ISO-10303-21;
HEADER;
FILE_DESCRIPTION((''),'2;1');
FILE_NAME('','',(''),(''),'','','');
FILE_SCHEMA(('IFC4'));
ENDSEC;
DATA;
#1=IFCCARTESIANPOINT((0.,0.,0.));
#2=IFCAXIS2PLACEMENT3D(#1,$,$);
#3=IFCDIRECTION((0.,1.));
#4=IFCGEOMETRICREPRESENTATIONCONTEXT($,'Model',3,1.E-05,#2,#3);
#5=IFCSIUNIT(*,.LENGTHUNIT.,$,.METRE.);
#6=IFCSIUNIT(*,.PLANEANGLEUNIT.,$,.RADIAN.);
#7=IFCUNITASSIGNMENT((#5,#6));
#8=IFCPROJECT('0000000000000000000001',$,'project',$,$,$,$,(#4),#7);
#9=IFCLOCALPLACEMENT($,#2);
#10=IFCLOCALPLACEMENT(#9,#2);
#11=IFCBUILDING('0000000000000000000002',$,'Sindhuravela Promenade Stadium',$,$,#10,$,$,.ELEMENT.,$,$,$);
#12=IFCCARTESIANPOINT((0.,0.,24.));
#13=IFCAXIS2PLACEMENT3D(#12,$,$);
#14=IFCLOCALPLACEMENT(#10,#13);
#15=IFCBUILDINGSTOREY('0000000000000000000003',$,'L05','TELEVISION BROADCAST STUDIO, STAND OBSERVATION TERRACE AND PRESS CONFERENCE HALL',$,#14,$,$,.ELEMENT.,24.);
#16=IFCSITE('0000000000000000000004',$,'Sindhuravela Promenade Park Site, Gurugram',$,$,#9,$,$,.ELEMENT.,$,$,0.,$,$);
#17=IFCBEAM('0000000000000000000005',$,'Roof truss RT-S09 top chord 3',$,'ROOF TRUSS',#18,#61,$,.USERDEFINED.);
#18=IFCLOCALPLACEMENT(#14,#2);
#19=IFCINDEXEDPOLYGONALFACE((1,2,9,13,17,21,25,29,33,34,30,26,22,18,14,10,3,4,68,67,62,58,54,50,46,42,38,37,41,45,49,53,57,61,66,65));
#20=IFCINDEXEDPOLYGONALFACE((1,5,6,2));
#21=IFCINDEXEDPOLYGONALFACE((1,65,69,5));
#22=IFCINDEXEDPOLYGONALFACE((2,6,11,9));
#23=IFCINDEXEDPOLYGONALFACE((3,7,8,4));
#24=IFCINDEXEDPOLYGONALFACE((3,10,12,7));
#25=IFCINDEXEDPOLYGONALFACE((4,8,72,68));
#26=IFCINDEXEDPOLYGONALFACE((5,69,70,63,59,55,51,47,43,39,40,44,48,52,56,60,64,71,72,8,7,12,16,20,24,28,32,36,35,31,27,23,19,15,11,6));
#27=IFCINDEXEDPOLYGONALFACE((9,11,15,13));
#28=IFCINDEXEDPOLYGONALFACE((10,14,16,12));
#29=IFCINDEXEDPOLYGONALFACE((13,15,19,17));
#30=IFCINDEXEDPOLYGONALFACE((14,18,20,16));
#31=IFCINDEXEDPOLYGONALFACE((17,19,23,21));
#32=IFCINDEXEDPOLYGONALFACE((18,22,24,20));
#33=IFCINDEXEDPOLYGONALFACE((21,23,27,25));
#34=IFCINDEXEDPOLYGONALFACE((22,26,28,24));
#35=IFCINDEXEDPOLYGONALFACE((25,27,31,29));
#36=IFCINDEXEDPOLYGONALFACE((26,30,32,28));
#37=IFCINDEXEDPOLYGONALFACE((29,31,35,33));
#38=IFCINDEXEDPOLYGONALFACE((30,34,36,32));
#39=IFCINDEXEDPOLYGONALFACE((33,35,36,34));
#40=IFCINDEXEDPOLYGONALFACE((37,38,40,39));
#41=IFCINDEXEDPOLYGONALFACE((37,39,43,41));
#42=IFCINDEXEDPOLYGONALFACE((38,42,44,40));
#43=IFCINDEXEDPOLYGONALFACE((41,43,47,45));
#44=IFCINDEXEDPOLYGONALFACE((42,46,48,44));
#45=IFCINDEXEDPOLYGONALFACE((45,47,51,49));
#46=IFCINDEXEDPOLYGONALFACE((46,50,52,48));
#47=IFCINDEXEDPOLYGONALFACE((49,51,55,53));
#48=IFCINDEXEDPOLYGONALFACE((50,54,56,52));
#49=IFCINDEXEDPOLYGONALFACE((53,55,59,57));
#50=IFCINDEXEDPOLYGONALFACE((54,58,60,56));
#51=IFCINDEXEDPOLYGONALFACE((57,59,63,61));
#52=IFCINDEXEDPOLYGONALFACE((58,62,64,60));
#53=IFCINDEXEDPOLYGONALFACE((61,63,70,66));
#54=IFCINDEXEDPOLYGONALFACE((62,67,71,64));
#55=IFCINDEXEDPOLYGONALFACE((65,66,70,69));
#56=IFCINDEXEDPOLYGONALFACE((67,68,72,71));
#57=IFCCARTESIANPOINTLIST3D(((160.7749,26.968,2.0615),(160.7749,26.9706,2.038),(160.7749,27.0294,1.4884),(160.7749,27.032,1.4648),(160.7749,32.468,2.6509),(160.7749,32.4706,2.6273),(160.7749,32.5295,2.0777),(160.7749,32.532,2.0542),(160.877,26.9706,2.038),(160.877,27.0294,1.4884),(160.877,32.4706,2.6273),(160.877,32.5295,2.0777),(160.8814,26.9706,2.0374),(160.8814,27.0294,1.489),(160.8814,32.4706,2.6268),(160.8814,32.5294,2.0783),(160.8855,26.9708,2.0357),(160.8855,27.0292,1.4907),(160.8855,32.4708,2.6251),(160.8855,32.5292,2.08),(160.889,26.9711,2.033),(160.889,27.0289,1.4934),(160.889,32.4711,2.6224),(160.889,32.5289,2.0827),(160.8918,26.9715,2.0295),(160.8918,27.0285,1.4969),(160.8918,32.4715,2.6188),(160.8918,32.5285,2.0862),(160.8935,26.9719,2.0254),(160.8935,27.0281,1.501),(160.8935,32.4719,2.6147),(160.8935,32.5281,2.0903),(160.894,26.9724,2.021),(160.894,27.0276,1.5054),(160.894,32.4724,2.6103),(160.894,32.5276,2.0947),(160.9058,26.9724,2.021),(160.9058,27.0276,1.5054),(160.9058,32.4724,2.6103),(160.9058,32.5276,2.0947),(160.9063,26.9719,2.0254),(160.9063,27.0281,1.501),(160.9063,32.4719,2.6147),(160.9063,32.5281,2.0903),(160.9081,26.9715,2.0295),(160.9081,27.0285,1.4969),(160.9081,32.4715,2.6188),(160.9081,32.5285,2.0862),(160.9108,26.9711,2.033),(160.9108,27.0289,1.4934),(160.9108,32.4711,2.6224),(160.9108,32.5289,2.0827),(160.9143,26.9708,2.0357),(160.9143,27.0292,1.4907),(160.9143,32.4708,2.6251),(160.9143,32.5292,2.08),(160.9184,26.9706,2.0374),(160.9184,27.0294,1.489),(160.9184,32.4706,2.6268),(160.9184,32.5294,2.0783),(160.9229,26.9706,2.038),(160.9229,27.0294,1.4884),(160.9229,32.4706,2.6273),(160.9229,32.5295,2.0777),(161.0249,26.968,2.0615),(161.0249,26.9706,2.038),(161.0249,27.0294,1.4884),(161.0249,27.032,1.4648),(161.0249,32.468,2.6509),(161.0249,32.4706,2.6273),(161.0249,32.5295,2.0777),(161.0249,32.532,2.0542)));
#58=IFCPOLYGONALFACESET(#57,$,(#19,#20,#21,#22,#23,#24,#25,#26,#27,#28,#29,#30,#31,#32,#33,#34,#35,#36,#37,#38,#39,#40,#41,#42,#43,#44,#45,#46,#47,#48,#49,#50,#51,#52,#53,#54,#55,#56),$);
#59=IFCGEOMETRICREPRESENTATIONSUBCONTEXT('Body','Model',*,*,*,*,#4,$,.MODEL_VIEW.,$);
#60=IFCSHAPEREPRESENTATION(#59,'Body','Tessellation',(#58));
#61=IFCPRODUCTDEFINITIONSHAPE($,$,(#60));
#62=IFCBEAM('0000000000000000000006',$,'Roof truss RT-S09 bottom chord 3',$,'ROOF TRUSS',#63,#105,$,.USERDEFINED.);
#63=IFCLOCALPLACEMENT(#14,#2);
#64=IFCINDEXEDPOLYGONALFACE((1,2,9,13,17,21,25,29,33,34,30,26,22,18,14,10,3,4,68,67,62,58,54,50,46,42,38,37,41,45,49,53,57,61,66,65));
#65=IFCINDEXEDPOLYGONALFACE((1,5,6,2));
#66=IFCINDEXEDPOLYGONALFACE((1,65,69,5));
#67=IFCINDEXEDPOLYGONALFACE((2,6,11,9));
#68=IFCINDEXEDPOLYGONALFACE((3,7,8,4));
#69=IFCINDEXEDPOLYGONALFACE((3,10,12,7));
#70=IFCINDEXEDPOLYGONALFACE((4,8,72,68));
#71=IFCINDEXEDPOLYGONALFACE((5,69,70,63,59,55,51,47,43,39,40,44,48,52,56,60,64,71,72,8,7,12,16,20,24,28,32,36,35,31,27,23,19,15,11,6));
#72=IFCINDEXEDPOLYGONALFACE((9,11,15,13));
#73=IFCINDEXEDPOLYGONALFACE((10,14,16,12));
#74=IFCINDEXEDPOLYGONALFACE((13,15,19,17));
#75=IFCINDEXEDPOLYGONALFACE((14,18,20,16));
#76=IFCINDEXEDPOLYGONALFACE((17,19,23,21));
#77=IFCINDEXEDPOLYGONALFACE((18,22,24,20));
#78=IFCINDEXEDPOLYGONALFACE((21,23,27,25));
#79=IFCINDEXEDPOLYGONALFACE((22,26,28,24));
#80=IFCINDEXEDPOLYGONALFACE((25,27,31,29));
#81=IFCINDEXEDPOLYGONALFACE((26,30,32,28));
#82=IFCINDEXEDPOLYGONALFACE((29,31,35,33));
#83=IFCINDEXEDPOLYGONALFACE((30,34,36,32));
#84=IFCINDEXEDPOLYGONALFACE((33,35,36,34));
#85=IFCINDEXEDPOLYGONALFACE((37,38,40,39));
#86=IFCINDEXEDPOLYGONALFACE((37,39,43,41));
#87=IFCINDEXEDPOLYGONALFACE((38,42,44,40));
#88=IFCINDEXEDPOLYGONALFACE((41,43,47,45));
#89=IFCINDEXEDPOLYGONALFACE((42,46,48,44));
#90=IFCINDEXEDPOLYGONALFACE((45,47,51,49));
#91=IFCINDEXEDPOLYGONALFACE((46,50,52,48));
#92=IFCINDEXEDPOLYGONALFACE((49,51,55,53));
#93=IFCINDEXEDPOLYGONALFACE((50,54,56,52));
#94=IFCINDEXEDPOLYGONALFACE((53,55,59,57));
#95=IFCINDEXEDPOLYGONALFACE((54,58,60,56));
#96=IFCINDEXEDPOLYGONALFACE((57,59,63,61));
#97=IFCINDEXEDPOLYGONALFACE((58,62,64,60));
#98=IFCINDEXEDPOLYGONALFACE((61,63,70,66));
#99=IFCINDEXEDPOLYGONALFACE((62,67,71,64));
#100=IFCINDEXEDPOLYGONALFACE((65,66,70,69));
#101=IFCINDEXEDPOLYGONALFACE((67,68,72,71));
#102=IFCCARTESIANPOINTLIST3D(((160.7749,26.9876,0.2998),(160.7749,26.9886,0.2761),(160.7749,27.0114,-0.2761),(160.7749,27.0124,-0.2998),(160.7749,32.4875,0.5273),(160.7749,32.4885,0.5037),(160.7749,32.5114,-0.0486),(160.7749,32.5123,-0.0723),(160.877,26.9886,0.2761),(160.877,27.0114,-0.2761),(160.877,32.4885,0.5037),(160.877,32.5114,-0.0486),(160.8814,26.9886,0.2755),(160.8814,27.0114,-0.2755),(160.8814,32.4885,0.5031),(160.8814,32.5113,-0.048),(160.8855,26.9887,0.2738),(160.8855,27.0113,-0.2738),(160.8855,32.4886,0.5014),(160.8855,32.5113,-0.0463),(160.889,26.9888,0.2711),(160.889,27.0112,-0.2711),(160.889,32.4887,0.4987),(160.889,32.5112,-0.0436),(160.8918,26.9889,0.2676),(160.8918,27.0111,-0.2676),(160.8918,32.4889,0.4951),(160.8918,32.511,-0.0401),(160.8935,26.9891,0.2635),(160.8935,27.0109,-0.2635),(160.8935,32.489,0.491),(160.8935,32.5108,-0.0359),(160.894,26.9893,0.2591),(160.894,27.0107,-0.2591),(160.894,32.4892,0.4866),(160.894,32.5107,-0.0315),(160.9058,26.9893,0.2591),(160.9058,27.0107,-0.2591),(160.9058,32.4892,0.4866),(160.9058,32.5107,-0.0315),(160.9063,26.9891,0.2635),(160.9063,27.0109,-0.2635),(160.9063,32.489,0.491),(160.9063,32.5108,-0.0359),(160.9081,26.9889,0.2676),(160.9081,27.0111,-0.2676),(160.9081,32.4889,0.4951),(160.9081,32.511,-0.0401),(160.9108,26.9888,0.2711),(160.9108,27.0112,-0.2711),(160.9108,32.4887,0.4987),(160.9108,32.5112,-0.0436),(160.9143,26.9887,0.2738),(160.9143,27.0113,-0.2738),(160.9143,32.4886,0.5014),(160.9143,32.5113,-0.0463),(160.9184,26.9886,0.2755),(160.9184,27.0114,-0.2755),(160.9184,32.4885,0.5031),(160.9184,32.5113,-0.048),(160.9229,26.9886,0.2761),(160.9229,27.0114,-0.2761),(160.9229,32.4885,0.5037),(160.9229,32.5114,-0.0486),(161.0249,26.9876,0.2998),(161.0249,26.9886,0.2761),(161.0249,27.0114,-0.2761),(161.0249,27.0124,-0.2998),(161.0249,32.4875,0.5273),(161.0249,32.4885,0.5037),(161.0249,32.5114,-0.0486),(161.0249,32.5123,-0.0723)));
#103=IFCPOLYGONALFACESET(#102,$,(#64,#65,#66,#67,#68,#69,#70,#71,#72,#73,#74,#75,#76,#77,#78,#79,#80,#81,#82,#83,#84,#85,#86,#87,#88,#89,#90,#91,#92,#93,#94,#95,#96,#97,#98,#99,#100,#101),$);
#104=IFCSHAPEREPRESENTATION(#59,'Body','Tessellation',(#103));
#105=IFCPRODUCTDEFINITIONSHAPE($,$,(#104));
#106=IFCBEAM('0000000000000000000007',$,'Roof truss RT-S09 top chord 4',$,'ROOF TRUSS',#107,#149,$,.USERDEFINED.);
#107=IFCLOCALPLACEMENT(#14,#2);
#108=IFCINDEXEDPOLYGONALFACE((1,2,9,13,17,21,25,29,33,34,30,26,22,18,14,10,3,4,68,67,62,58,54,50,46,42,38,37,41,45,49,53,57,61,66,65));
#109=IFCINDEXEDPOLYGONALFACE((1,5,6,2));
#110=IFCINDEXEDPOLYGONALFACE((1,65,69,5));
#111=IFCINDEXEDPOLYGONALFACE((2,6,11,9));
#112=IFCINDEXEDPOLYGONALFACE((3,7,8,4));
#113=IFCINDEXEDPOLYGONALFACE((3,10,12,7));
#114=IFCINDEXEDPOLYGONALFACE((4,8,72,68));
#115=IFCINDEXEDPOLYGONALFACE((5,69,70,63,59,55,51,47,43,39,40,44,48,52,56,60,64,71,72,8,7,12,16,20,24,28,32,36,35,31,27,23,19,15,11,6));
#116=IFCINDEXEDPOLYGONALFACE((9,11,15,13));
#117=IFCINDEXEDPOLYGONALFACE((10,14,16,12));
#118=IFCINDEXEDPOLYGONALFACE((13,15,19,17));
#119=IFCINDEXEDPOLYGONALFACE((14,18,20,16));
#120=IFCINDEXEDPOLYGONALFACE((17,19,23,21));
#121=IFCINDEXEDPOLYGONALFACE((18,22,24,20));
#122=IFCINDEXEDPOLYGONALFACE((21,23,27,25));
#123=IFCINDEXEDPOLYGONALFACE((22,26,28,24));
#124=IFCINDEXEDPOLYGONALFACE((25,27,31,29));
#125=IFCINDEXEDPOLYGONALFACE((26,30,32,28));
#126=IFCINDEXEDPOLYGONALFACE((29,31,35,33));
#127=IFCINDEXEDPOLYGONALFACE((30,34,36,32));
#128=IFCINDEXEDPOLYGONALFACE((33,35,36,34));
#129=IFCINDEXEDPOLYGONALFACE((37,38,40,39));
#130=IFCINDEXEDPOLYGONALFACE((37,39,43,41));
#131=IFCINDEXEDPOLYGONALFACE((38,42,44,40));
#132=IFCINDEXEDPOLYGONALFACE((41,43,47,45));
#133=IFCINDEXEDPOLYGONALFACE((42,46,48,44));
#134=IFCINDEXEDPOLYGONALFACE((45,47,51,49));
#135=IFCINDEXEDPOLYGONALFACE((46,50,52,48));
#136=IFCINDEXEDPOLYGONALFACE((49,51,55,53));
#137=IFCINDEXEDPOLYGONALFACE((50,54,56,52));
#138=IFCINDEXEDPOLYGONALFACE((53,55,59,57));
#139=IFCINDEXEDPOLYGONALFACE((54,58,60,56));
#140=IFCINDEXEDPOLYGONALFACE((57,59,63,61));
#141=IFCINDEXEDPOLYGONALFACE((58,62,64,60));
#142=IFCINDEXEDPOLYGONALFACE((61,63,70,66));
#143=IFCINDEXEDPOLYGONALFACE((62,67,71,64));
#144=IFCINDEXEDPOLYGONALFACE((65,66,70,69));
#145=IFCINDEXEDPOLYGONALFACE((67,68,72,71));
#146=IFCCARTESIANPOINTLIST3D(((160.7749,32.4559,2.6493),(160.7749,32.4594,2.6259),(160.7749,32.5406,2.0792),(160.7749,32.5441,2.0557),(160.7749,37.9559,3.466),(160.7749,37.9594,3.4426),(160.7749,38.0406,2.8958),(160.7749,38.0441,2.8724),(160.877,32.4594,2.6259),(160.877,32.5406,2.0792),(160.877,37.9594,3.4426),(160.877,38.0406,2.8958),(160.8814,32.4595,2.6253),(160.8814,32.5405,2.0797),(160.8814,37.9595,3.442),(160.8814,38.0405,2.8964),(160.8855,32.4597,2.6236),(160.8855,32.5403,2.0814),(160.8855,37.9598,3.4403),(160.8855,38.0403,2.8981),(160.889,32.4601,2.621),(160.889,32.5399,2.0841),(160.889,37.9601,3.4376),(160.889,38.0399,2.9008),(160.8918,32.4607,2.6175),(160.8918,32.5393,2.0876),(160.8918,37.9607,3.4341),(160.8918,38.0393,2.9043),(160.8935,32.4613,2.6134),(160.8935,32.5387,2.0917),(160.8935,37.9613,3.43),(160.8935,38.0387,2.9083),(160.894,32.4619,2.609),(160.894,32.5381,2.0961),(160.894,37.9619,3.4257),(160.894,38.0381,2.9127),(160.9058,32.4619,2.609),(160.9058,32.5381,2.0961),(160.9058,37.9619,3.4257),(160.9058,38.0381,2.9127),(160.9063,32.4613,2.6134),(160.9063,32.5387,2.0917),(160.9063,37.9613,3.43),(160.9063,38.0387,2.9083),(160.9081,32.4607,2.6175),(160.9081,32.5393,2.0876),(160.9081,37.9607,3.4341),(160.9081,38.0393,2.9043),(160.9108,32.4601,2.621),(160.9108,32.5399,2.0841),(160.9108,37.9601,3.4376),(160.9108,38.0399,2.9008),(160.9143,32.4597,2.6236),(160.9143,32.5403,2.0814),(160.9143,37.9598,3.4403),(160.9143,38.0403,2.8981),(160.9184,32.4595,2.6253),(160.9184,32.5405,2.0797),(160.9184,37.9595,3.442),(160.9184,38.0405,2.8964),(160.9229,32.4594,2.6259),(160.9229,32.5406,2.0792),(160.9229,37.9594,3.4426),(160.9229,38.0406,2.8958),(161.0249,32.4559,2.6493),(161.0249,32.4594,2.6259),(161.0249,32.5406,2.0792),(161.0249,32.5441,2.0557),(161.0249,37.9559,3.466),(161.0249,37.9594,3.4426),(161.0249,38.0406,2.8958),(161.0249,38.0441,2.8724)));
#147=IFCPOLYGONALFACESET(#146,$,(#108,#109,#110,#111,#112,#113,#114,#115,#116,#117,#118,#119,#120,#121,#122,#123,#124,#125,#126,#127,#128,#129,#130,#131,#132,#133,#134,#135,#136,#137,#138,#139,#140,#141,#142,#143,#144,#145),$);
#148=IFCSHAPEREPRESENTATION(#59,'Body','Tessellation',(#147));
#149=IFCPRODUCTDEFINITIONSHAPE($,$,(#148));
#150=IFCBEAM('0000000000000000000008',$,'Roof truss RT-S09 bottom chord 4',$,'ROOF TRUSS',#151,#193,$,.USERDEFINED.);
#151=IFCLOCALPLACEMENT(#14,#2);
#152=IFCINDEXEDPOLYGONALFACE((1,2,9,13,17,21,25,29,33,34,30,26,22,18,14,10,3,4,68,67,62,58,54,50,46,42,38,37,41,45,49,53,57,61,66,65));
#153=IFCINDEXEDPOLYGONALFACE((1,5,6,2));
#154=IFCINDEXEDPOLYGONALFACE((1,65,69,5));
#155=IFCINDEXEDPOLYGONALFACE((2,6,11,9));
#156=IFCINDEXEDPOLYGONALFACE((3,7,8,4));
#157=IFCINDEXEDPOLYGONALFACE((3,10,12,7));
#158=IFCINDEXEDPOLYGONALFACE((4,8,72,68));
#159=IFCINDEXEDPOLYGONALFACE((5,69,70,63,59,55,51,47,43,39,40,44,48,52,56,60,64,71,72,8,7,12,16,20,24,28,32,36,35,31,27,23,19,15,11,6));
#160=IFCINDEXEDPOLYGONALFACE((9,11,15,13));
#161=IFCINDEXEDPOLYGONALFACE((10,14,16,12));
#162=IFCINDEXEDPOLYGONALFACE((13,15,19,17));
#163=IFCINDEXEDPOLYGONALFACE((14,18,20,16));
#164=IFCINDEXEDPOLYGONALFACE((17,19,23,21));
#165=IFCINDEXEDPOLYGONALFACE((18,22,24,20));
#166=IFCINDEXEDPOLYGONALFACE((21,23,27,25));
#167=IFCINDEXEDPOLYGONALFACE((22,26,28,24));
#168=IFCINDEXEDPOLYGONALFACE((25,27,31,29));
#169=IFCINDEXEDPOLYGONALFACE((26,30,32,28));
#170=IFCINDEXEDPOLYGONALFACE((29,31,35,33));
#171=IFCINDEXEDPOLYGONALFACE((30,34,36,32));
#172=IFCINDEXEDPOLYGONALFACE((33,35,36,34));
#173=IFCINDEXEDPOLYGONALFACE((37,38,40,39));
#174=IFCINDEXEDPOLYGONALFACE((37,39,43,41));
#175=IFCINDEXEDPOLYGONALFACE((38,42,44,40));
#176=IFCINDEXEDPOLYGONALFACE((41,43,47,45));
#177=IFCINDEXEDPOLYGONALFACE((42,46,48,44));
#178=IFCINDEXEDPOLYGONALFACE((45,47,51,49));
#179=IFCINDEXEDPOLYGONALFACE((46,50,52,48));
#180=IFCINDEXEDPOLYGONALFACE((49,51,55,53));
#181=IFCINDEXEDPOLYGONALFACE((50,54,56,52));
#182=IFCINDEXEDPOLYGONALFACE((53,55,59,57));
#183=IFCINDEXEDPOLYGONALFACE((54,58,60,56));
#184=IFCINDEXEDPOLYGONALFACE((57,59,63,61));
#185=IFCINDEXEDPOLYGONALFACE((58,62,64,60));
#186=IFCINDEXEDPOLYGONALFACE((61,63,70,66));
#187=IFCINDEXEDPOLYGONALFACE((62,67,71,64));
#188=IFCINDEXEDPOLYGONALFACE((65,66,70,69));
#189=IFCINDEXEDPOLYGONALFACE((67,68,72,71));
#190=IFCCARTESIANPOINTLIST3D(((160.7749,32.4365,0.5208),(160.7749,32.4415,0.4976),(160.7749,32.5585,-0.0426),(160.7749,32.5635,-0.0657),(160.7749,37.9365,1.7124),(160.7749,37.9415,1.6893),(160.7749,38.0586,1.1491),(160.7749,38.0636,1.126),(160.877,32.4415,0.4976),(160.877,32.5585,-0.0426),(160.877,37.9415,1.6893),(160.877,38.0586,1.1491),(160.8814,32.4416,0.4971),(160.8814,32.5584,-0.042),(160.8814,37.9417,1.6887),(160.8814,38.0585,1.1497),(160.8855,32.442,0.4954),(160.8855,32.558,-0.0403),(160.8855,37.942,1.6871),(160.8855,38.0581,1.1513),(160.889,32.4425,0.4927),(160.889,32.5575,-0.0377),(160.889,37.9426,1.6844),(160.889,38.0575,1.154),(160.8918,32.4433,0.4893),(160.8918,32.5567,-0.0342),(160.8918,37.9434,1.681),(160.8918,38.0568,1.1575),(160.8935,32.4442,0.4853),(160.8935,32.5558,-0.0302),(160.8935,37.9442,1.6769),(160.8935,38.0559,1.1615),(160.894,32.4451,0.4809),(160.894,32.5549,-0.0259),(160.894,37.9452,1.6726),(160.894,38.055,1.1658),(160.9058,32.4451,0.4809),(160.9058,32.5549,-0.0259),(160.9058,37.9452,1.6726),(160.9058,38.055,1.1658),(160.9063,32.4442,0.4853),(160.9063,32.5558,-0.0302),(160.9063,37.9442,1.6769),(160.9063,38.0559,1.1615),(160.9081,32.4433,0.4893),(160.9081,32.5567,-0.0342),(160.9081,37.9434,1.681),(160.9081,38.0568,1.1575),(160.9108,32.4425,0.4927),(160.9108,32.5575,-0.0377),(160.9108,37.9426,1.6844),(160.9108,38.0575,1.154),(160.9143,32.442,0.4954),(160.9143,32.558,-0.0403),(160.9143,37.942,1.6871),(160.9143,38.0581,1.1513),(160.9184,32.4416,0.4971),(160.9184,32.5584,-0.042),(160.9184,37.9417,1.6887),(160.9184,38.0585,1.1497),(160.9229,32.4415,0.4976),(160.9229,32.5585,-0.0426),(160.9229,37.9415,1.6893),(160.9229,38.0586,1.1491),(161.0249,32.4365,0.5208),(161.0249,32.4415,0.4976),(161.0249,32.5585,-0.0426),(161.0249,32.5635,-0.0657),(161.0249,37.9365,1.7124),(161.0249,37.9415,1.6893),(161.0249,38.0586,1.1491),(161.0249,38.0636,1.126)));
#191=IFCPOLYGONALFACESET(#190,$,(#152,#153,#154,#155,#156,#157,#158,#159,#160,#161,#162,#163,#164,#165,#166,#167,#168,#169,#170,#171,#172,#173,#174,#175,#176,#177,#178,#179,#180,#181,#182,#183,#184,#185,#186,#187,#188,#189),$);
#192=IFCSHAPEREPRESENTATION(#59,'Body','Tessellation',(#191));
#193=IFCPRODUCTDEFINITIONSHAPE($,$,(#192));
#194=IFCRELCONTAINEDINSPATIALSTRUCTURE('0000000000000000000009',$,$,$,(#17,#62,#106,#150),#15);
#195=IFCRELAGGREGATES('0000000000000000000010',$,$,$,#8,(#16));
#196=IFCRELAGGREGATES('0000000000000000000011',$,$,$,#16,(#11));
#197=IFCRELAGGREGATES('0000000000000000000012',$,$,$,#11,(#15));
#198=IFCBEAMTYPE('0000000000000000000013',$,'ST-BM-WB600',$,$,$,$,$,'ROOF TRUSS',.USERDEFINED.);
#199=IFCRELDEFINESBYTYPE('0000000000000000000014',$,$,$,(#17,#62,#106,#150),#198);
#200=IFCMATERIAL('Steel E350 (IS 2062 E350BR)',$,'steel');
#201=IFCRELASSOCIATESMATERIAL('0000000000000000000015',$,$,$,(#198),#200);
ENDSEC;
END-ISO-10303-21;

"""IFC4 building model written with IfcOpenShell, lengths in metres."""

from ifc_helpers import new_model, si_unit, direction, frame, origin, origin_2d, place, context, subcontext, project, spatial, i_section, extrude, material, material_profile, profile_set, type_object, element, save


model = new_model("IFC4")

# Units and contexts
model_context = context("Model", 3, precision=1e-05, world=origin(), true_north=direction((0.0, 1.0)))
body_context = subcontext(model_context, "Body", "Model", "MODEL_VIEW")
ifc_project = project(units=[si_unit("LENGTHUNIT", "METRE"), si_unit("PLANEANGLEUNIT", "RADIAN")], contexts=[model_context])

# Site, building, storey
site_placement = place(None, origin())
site = spatial("IfcSite", under=ifc_project, at=site_placement, Name="Sindhuravela Promenade Park Site, Gurugram", CompositionType="ELEMENT", RefElevation=0.0)
building_placement = place(site_placement, origin())
building = spatial("IfcBuilding", under=site, at=building_placement, Name="Sindhuravela Promenade Stadium", CompositionType="ELEMENT")
storey_placement = place(building_placement, frame((0.0, 0.0, 24.0)))
storey = spatial("IfcBuildingStorey", under=building, at=storey_placement, Name="L05", Description="TELEVISION BROADCAST STUDIO, STAND OBSERVATION TERRACE AND PRESS CONFERENCE HALL", CompositionType="ELEMENT", Elevation=24.0)

# Beams
ifc_material_1 = material(Name="Steel E350 (IS 2062 E350BR)", Category="steel")
ifc_material_profile_1 = material_profile(ifc_material_1, i_section(OverallWidth=0.25, OverallDepth=0.6001, WebThickness=0.0117, FlangeThickness=0.0237, FilletRadius=0.0171, at=origin_2d()), Name="ISWB 600")
ifc_profile_set_1 = profile_set([ifc_material_profile_1], Name="Steel E350 (IS 2062 E350BR)")
beam_type_1 = type_object("IfcBeamType", Name="ST-BM-WB600", ElementType="ROOF TRUSS", PredefinedType="USERDEFINED", material=ifc_profile_set_1)
beam_1_placement = place(storey_placement, frame((160.8999, 27.0, 1.7632), z_axis=(0.0, 0.994308, 0.106546), x_axis=(-1.0, 0.0, 0.0)))
element("IfcBeam", 1, at=beam_1_placement, inside=storey, type_object=beam_type_1, Name="Roof truss RT-S09 top chord 3", ObjectType="ROOF TRUSS", PredefinedType="USERDEFINED", context=body_context, shape_type="SweptSolid", body=[
    extrude(i_section(OverallWidth=0.25, OverallDepth=0.6001, WebThickness=0.0117, FlangeThickness=0.0237, FilletRadius=0.0171, at=origin_2d()), origin(), (0.0, 0.0, 1.0), 5.5315),
])
beam_2_placement = place(storey_placement, frame((160.8999, 27.0, 0.0), z_axis=(0.0, 0.999145, 0.041335), x_axis=(-1.0, 0.0, 0.0)))
element("IfcBeam", 2, at=beam_2_placement, inside=storey, type_object=beam_type_1, Name="Roof truss RT-S09 bottom chord 3", ObjectType="ROOF TRUSS", PredefinedType="USERDEFINED", context=body_context, shape_type="SweptSolid", body=[
    extrude(i_section(OverallWidth=0.25, OverallDepth=0.6001, WebThickness=0.0117, FlangeThickness=0.0237, FilletRadius=0.0171, at=origin_2d()), origin(), (0.0, 0.0, 1.0), 5.5046),
])
beam_3_placement = place(storey_placement, frame((160.8999, 32.5, 2.3525), z_axis=(0.0, 0.989156, 0.146872), x_axis=(-1.0, 0.0, 0.0)))
element("IfcBeam", 3, at=beam_3_placement, inside=storey, type_object=beam_type_1, Name="Roof truss RT-S09 top chord 4", ObjectType="ROOF TRUSS", PredefinedType="USERDEFINED", context=body_context, shape_type="SweptSolid", body=[
    extrude(i_section(OverallWidth=0.25, OverallDepth=0.6001, WebThickness=0.0117, FlangeThickness=0.0237, FilletRadius=0.0171, at=origin_2d()), origin(), (0.0, 0.0, 1.0), 5.5603),
])
beam_4_placement = place(storey_placement, frame((160.8999, 32.5, 0.2275), z_axis=(0.0, 0.977324, 0.211751), x_axis=(-1.0, 0.0, 0.0)))
element("IfcBeam", 4, at=beam_4_placement, inside=storey, type_object=beam_type_1, Name="Roof truss RT-S09 bottom chord 4", ObjectType="ROOF TRUSS", PredefinedType="USERDEFINED", context=body_context, shape_type="SweptSolid", body=[
    extrude(i_section(OverallWidth=0.25, OverallDepth=0.6001, WebThickness=0.0117, FlangeThickness=0.0237, FilletRadius=0.0171, at=origin_2d()), origin(), (0.0, 0.0, 1.0), 5.6277),
])

save(model, "model.ifc")
